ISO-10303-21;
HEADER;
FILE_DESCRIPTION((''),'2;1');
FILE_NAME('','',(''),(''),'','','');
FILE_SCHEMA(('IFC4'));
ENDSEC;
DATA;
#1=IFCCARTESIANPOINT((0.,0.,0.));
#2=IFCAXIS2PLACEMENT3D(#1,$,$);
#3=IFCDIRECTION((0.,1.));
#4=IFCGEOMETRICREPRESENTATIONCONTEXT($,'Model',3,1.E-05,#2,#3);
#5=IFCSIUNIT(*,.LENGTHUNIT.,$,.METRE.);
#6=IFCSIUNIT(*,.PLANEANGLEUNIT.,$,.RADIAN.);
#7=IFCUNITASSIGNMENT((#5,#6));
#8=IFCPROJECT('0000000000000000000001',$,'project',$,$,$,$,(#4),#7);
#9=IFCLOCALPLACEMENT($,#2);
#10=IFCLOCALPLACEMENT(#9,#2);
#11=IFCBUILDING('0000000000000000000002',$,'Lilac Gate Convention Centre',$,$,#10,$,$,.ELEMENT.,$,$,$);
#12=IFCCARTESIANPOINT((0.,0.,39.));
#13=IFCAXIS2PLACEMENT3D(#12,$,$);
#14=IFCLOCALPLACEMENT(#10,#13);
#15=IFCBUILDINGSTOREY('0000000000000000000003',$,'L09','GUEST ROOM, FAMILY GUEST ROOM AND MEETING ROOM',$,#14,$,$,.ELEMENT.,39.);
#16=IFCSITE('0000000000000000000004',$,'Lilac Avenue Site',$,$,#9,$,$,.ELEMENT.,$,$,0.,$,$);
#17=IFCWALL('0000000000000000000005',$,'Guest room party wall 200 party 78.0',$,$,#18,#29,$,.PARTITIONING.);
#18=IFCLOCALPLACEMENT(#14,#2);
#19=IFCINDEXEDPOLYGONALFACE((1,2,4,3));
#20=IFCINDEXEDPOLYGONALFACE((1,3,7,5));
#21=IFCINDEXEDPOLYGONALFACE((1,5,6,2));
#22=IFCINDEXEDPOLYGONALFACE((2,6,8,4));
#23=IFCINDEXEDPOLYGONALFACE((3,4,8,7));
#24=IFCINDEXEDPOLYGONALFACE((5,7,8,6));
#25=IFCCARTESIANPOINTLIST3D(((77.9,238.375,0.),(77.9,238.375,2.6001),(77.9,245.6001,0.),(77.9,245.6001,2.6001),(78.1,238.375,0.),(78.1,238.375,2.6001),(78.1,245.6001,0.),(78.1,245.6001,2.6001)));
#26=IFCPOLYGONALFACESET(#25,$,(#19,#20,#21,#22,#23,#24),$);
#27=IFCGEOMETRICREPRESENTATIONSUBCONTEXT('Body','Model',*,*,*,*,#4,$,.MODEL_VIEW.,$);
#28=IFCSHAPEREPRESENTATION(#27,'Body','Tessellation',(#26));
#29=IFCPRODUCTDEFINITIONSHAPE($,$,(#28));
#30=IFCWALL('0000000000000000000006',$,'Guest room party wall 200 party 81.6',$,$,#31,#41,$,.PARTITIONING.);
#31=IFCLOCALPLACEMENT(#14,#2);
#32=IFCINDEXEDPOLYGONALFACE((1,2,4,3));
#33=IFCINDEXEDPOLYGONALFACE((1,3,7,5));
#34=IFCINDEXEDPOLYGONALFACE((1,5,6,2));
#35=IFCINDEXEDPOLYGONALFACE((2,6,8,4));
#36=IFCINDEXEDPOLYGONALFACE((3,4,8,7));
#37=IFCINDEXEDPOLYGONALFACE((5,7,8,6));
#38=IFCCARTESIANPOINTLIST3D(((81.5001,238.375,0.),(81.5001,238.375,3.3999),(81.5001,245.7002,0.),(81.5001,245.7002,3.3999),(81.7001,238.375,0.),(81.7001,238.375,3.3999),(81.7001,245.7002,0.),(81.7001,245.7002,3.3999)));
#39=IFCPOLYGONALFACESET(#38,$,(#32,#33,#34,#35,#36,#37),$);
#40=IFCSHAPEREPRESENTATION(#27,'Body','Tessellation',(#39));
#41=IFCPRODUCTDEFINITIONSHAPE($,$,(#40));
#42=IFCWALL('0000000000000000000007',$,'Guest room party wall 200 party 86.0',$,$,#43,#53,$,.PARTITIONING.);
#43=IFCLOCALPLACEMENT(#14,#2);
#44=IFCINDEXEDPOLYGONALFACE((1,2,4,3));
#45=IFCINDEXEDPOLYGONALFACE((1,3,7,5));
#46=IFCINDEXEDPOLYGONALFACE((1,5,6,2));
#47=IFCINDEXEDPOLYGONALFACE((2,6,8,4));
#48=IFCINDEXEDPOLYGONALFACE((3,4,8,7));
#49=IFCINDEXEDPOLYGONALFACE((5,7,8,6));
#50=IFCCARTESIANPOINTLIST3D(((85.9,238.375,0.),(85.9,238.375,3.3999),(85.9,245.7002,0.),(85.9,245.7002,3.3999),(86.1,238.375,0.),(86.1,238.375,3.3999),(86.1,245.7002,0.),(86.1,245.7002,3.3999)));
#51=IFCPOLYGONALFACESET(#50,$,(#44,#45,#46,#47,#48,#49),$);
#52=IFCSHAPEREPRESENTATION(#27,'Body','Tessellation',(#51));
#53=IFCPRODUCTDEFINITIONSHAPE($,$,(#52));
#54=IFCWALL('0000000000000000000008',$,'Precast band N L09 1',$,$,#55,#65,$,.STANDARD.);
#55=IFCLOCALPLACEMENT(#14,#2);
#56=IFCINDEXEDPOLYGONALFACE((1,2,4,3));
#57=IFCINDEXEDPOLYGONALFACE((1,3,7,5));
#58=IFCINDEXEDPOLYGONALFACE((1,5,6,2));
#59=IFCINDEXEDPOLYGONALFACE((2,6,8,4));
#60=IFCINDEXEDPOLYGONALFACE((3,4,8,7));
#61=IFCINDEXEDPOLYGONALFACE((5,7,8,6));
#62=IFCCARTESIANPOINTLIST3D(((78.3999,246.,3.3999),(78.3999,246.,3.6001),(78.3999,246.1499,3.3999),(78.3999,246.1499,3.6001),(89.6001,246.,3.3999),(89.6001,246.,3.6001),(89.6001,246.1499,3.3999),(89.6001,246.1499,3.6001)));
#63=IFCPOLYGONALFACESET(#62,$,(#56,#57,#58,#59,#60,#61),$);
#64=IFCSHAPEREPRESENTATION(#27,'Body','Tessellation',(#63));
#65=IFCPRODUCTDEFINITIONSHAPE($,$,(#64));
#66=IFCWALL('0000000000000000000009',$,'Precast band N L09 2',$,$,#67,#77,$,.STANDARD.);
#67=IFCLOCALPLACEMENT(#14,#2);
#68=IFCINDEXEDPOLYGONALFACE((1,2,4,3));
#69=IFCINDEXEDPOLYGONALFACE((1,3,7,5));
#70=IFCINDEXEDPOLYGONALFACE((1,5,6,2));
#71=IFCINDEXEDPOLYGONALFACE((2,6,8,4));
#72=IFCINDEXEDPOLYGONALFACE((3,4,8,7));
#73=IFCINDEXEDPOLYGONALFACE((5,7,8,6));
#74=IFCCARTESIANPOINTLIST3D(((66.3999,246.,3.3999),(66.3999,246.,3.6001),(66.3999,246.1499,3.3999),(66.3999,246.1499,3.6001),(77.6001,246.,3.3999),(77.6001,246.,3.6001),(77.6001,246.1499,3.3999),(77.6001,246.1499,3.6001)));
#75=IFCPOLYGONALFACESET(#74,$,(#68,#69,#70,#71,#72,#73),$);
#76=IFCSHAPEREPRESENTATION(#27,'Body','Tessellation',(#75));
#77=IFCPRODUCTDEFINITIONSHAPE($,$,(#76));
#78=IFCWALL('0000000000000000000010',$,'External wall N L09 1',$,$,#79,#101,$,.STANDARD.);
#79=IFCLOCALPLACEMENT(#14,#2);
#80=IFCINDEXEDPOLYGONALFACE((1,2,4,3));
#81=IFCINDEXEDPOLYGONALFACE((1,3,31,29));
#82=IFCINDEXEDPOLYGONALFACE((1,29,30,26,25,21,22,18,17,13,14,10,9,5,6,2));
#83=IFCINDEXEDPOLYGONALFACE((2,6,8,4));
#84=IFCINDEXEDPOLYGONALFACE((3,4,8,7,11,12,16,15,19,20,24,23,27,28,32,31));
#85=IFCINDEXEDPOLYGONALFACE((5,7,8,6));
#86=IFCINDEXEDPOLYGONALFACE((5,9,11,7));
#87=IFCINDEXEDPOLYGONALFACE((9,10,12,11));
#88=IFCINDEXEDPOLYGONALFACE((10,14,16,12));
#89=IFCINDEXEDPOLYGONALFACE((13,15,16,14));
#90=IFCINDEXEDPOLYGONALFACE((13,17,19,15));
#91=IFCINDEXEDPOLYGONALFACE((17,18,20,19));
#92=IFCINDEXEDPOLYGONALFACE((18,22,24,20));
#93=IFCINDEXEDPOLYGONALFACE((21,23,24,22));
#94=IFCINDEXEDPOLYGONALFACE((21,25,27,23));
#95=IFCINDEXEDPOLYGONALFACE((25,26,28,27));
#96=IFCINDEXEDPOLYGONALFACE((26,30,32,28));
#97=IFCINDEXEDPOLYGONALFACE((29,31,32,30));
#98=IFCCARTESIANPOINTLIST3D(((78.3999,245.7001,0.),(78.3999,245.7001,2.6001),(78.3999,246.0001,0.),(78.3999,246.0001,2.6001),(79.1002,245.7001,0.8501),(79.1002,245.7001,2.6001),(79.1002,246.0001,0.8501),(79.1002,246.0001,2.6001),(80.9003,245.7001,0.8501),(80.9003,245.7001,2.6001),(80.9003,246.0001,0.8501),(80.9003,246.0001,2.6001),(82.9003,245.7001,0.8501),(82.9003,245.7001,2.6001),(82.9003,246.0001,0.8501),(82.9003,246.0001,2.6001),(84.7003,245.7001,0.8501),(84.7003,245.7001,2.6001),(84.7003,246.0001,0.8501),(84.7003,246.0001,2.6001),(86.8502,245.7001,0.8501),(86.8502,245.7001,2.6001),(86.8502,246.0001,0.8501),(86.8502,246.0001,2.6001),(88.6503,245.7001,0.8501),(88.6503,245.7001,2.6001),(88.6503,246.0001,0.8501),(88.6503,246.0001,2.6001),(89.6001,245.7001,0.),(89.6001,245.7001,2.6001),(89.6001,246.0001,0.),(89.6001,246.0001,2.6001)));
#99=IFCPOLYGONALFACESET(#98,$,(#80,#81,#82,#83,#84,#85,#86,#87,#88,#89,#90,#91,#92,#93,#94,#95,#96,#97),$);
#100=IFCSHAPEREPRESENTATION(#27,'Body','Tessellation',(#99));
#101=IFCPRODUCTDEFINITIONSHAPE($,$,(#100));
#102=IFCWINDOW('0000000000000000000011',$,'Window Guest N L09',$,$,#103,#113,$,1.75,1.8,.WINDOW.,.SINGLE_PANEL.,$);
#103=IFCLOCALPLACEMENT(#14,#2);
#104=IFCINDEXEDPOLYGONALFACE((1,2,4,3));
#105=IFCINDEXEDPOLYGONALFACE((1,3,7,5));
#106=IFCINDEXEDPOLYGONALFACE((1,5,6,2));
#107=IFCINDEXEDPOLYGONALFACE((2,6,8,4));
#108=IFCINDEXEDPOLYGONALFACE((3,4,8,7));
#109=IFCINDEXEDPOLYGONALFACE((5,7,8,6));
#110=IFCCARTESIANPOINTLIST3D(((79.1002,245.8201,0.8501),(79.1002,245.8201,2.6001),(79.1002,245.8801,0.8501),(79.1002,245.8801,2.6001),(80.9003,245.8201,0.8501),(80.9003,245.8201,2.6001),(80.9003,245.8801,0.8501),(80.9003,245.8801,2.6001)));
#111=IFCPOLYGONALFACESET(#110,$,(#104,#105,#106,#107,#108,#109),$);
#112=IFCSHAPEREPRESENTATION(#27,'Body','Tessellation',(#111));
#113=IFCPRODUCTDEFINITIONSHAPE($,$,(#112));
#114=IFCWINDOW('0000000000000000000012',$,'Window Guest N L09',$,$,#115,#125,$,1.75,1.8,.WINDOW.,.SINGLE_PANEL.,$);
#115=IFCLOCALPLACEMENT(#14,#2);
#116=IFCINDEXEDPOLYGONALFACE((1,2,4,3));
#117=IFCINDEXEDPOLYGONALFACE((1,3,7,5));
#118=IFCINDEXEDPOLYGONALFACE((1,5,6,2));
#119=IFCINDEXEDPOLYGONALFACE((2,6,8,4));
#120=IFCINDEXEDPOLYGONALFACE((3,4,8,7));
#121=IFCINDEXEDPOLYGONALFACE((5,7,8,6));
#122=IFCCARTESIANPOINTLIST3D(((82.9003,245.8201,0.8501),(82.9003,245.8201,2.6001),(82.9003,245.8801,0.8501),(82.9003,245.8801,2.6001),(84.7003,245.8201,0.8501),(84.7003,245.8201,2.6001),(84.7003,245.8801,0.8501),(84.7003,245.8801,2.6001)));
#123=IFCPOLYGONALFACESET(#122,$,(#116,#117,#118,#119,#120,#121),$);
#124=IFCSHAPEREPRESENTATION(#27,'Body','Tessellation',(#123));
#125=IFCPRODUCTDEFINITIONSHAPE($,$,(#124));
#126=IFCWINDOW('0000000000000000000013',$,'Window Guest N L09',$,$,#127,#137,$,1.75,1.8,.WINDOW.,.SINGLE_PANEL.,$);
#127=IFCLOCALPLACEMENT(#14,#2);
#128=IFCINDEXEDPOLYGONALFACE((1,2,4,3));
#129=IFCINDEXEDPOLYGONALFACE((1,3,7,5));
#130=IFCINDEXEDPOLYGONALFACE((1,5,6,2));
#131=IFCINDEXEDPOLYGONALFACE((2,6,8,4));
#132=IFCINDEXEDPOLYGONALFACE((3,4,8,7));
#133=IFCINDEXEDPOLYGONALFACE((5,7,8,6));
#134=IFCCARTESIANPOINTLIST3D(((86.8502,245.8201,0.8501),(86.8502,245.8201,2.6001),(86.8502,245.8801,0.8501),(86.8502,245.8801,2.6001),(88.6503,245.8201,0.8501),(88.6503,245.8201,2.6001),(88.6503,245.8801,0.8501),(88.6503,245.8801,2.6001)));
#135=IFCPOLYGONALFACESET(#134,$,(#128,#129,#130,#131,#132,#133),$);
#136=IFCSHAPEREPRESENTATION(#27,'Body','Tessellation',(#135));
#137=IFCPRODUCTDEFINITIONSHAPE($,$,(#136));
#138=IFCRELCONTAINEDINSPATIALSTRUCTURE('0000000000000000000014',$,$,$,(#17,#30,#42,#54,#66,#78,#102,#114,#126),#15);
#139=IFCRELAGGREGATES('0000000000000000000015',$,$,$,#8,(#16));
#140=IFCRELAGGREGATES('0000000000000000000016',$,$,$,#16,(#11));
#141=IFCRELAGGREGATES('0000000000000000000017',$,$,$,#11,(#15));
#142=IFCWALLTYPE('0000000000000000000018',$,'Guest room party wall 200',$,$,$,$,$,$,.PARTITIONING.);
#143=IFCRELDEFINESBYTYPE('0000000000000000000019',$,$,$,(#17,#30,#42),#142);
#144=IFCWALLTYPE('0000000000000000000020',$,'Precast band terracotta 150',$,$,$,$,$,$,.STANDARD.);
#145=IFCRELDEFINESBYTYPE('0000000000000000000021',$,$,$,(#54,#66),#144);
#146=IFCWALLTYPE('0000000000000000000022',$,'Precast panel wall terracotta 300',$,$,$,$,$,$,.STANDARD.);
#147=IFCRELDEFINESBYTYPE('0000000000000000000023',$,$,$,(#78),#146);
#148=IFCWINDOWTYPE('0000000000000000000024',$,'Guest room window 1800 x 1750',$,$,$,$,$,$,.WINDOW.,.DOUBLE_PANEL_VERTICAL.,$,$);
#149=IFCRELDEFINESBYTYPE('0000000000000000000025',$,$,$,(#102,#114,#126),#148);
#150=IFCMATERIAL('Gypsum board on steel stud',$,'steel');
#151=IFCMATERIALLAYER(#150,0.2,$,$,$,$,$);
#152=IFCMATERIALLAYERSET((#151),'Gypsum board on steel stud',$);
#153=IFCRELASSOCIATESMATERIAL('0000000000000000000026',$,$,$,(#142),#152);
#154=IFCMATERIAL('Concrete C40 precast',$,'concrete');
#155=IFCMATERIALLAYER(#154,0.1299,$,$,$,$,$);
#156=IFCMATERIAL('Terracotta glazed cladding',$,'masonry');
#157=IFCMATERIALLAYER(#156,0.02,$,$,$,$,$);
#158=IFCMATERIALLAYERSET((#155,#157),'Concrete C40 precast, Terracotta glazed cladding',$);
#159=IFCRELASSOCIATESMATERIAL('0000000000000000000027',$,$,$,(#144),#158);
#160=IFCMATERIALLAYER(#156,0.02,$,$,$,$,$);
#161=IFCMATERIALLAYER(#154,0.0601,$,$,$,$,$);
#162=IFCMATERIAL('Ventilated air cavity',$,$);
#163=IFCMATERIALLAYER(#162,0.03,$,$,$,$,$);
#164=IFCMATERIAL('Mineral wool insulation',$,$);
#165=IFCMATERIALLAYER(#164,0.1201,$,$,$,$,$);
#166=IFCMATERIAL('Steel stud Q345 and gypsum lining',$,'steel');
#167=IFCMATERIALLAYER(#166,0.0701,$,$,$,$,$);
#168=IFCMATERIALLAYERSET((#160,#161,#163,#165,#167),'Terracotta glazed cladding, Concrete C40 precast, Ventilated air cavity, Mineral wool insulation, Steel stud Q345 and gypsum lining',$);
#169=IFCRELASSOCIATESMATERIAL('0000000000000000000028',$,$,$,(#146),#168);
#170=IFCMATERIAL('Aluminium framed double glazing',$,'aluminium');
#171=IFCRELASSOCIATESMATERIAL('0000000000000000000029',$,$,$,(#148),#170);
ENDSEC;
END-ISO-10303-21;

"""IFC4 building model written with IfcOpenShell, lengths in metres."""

from ifc_helpers import new_model, si_unit, direction, frame, frame_2d, origin, place, context, subcontext, project, spatial, rectangle, extrude, material, layer, layer_set, type_object, element, fill, save


model = new_model("IFC4")

# Units and contexts
model_context = context("Model", 3, precision=1e-05, world=origin(), true_north=direction((0.0, 1.0)))
body_context = subcontext(model_context, "Body", "Model", "MODEL_VIEW")
ifc_project = project(units=[si_unit("LENGTHUNIT", "METRE"), si_unit("PLANEANGLEUNIT", "RADIAN")], contexts=[model_context])

# Site, building, storey
site_placement = place(None, origin())
site = spatial("IfcSite", under=ifc_project, at=site_placement, Name="Lilac Avenue Site", CompositionType="ELEMENT", RefElevation=0.0)
building_placement = place(site_placement, origin())
building = spatial("IfcBuilding", under=site, at=building_placement, Name="Lilac Gate Convention Centre", CompositionType="ELEMENT")
storey_placement = place(building_placement, frame((0.0, 0.0, 39.0)))
storey = spatial("IfcBuildingStorey", under=building, at=storey_placement, Name="L09", Description="GUEST ROOM, FAMILY GUEST ROOM AND MEETING ROOM", CompositionType="ELEMENT", Elevation=39.0)

# Shared definitions
ifc_material_1 = material(Name="Aluminium framed double glazing", Category="aluminium")

# Shared definitions
ifc_material_2 = material(Name="Gypsum board on steel stud", Category="steel")

# Walls
ifc_layer_1 = layer(ifc_material_2, 0.2)
ifc_layer_set_1 = layer_set([ifc_layer_1], Name="Gypsum board on steel stud")
wall_type_1 = type_object("IfcWallType", Name="Guest room party wall 200", PredefinedType="PARTITIONING", material=ifc_layer_set_1)
wall_1_placement = place(storey_placement, frame((78.0, 245.6001, 0.0), z_axis=(0.0, 0.0, 1.0), x_axis=(0.0, -1.0, 0.0)))
element("IfcWall", 1, at=wall_1_placement, inside=storey, type_object=wall_type_1, Name="Guest room party wall 200 party 78.0", PredefinedType="PARTITIONING", context=body_context, shape_type="SweptSolid", body=[
    extrude(rectangle(XDim=7.2251, YDim=0.2, at=frame_2d((3.6125, 0.0))), origin(), (0.0, 0.0, 1.0), 2.6001),
])
for number, where, z_axis, x_axis, name in (
    (2, (81.6001, 245.7002, 0.0), (0.0, 0.0, 1.0), (0.0, -1.0, 0.0), "Guest room party wall 200 party 81.6"),
    (3, (86.0, 245.7002, 0.0), (0.0, 0.0, 1.0), (0.0, -1.0, 0.0), "Guest room party wall 200 party 86.0"),
):
    element("IfcWall", number, at=place(storey_placement, frame(where, z_axis=z_axis, x_axis=x_axis)), inside=storey, type_object=wall_type_1, Name=name, PredefinedType="PARTITIONING", context=body_context, shape_type="SweptSolid", body=[
        extrude(rectangle(XDim=7.3252, YDim=0.2, at=frame_2d((3.6626, 0.0))), origin(), (0.0, 0.0, 1.0), 3.3999),
    ])
ifc_material_3 = material(Name="Concrete C40 precast", Category="concrete")
ifc_layer_2 = layer(ifc_material_3, 0.1299)
ifc_material_4 = material(Name="Terracotta glazed cladding", Category="masonry")
ifc_layer_3 = layer(ifc_material_4, 0.02)
ifc_layer_set_2 = layer_set([ifc_layer_2, ifc_layer_3], Name="Concrete C40 precast, Terracotta glazed cladding")
wall_type_2 = type_object("IfcWallType", Name="Precast band terracotta 150", PredefinedType="STANDARD", material=ifc_layer_set_2)
for number, where, z_axis, x_axis, name in (
    (4, (89.6001, 246.075, 3.3999), (0.0, 0.0, 1.0), (-1.0, 0.0, 0.0), "Precast band N L09 1"),
    (5, (77.6001, 246.075, 3.3999), (0.0, 0.0, 1.0), (-1.0, 0.0, 0.0), "Precast band N L09 2"),
):
    element("IfcWall", number, at=place(storey_placement, frame(where, z_axis=z_axis, x_axis=x_axis)), inside=storey, type_object=wall_type_2, Name=name, PredefinedType="STANDARD", context=body_context, shape_type="SweptSolid", body=[
        extrude(rectangle(XDim=11.2002, YDim=0.1499, at=frame_2d((5.6001, 0.0))), origin(), (0.0, 0.0, 1.0), 0.2002),
    ])

# Wall, openings, windows
ifc_layer_4 = layer(ifc_material_4, 0.02)
ifc_layer_5 = layer(ifc_material_3, 0.0601)
ifc_material_5 = material(Name="Ventilated air cavity")
ifc_layer_6 = layer(ifc_material_5, 0.03)
ifc_material_6 = material(Name="Mineral wool insulation")
ifc_layer_7 = layer(ifc_material_6, 0.1201)
ifc_material_7 = material(Name="Steel stud Q345 and gypsum lining", Category="steel")
ifc_layer_8 = layer(ifc_material_7, 0.0701)
ifc_layer_set_3 = layer_set([ifc_layer_4, ifc_layer_5, ifc_layer_6, ifc_layer_7, ifc_layer_8], Name="Terracotta glazed cladding, Concrete C40 precast, Ventilated air cavity, Mineral wool insulation, Steel stud Q345 and gypsum lining")
wall_type_3 = type_object("IfcWallType", Name="Precast panel wall terracotta 300", PredefinedType="STANDARD", material=ifc_layer_set_3)
wall_2_placement = place(storey_placement, frame((89.6001, 245.8501, 0.0), z_axis=(0.0, 0.0, 1.0), x_axis=(-1.0, 0.0, 0.0)))
wall_2 = element("IfcWall", 6, at=wall_2_placement, inside=storey, type_object=wall_type_3, Name="External wall N L09 1", PredefinedType="STANDARD", context=body_context, shape_type="SweptSolid", body=[
    extrude(rectangle(XDim=11.2002, YDim=0.3, at=frame_2d((5.6001, 0.0))), origin(), (0.0, 0.0, 1.0), 2.6001),
])
opening_1_placement = place(wall_2_placement, frame((8.7, 0.0, 0.8501)))
opening_1 = element("IfcOpeningElement", 7, at=opening_1_placement, cuts=wall_2, PredefinedType="OPENING", context=body_context, shape_type="SweptSolid", body=[
    extrude(rectangle(XDim=1.8, YDim=1.75, at=frame_2d((0.8999, 0.875))), frame((0.0, 0.1599, 0.0), z_axis=(0.0, -1.0, 0.0), x_axis=(1.0, 0.0, 0.0)), (0.0, 0.0, 1.0), 0.3201),
])
opening_2_placement = place(wall_2_placement, frame((4.8999, 0.0, 0.8501)))
opening_2 = element("IfcOpeningElement", 8, at=opening_2_placement, cuts=wall_2, PredefinedType="OPENING", context=body_context, shape_type="SweptSolid", body=[
    extrude(rectangle(XDim=1.8, YDim=1.75, at=frame_2d((0.8999, 0.875))), frame((0.0, 0.1599, 0.0), z_axis=(0.0, -1.0, 0.0), x_axis=(1.0, 0.0, 0.0)), (0.0, 0.0, 1.0), 0.3201),
])
opening_3_placement = place(wall_2_placement, frame((0.95, 0.0, 0.8501)))
opening_3 = element("IfcOpeningElement", 9, at=opening_3_placement, cuts=wall_2, PredefinedType="OPENING", context=body_context, shape_type="SweptSolid", body=[
    extrude(rectangle(XDim=1.8, YDim=1.75, at=frame_2d((0.8999, 0.875))), frame((0.0, 0.1599, 0.0), z_axis=(0.0, -1.0, 0.0), x_axis=(1.0, 0.0, 0.0)), (0.0, 0.0, 1.0), 0.3201),
])
window_type = type_object("IfcWindowType", Name="Guest room window 1800 x 1750", PartitioningType="DOUBLE_PANEL_VERTICAL", PredefinedType="WINDOW", material=ifc_material_1)
window_1_placement = place(opening_1_placement, origin())
window_1 = element("IfcWindow", 10, at=window_1_placement, inside=storey, type_object=window_type, Name="Window Guest N L09", OverallHeight=1.75, OverallWidth=1.8, PartitioningType="SINGLE_PANEL", PredefinedType="WINDOW", context=body_context, shape_type="SweptSolid", body=[
    extrude(rectangle(XDim=1.8, YDim=1.75, at=frame_2d((0.8999, 0.875))), frame((0.0, 0.03, 0.0), z_axis=(0.0, -1.0, 0.0), x_axis=(1.0, 0.0, 0.0)), (0.0, 0.0, 1.0), 0.0601),
])
fill(opening_1, window_1)
window_2_placement = place(opening_2_placement, origin())
window_2 = element("IfcWindow", 11, at=window_2_placement, inside=storey, type_object=window_type, Name="Window Guest N L09", OverallHeight=1.75, OverallWidth=1.8, PartitioningType="SINGLE_PANEL", PredefinedType="WINDOW", context=body_context, shape_type="SweptSolid", body=[
    extrude(rectangle(XDim=1.8, YDim=1.75, at=frame_2d((0.8999, 0.875))), frame((0.0, 0.03, 0.0), z_axis=(0.0, -1.0, 0.0), x_axis=(1.0, 0.0, 0.0)), (0.0, 0.0, 1.0), 0.0601),
])
fill(opening_2, window_2)
window_3_placement = place(opening_3_placement, origin())
window_3 = element("IfcWindow", 12, at=window_3_placement, inside=storey, type_object=window_type, Name="Window Guest N L09", OverallHeight=1.75, OverallWidth=1.8, PartitioningType="SINGLE_PANEL", PredefinedType="WINDOW", context=body_context, shape_type="SweptSolid", body=[
    extrude(rectangle(XDim=1.8, YDim=1.75, at=frame_2d((0.8999, 0.875))), frame((0.0, 0.03, 0.0), z_axis=(0.0, -1.0, 0.0), x_axis=(1.0, 0.0, 0.0)), (0.0, 0.0, 1.0), 0.0601),
])
fill(opening_3, window_3)

save(model, "model.ifc")
